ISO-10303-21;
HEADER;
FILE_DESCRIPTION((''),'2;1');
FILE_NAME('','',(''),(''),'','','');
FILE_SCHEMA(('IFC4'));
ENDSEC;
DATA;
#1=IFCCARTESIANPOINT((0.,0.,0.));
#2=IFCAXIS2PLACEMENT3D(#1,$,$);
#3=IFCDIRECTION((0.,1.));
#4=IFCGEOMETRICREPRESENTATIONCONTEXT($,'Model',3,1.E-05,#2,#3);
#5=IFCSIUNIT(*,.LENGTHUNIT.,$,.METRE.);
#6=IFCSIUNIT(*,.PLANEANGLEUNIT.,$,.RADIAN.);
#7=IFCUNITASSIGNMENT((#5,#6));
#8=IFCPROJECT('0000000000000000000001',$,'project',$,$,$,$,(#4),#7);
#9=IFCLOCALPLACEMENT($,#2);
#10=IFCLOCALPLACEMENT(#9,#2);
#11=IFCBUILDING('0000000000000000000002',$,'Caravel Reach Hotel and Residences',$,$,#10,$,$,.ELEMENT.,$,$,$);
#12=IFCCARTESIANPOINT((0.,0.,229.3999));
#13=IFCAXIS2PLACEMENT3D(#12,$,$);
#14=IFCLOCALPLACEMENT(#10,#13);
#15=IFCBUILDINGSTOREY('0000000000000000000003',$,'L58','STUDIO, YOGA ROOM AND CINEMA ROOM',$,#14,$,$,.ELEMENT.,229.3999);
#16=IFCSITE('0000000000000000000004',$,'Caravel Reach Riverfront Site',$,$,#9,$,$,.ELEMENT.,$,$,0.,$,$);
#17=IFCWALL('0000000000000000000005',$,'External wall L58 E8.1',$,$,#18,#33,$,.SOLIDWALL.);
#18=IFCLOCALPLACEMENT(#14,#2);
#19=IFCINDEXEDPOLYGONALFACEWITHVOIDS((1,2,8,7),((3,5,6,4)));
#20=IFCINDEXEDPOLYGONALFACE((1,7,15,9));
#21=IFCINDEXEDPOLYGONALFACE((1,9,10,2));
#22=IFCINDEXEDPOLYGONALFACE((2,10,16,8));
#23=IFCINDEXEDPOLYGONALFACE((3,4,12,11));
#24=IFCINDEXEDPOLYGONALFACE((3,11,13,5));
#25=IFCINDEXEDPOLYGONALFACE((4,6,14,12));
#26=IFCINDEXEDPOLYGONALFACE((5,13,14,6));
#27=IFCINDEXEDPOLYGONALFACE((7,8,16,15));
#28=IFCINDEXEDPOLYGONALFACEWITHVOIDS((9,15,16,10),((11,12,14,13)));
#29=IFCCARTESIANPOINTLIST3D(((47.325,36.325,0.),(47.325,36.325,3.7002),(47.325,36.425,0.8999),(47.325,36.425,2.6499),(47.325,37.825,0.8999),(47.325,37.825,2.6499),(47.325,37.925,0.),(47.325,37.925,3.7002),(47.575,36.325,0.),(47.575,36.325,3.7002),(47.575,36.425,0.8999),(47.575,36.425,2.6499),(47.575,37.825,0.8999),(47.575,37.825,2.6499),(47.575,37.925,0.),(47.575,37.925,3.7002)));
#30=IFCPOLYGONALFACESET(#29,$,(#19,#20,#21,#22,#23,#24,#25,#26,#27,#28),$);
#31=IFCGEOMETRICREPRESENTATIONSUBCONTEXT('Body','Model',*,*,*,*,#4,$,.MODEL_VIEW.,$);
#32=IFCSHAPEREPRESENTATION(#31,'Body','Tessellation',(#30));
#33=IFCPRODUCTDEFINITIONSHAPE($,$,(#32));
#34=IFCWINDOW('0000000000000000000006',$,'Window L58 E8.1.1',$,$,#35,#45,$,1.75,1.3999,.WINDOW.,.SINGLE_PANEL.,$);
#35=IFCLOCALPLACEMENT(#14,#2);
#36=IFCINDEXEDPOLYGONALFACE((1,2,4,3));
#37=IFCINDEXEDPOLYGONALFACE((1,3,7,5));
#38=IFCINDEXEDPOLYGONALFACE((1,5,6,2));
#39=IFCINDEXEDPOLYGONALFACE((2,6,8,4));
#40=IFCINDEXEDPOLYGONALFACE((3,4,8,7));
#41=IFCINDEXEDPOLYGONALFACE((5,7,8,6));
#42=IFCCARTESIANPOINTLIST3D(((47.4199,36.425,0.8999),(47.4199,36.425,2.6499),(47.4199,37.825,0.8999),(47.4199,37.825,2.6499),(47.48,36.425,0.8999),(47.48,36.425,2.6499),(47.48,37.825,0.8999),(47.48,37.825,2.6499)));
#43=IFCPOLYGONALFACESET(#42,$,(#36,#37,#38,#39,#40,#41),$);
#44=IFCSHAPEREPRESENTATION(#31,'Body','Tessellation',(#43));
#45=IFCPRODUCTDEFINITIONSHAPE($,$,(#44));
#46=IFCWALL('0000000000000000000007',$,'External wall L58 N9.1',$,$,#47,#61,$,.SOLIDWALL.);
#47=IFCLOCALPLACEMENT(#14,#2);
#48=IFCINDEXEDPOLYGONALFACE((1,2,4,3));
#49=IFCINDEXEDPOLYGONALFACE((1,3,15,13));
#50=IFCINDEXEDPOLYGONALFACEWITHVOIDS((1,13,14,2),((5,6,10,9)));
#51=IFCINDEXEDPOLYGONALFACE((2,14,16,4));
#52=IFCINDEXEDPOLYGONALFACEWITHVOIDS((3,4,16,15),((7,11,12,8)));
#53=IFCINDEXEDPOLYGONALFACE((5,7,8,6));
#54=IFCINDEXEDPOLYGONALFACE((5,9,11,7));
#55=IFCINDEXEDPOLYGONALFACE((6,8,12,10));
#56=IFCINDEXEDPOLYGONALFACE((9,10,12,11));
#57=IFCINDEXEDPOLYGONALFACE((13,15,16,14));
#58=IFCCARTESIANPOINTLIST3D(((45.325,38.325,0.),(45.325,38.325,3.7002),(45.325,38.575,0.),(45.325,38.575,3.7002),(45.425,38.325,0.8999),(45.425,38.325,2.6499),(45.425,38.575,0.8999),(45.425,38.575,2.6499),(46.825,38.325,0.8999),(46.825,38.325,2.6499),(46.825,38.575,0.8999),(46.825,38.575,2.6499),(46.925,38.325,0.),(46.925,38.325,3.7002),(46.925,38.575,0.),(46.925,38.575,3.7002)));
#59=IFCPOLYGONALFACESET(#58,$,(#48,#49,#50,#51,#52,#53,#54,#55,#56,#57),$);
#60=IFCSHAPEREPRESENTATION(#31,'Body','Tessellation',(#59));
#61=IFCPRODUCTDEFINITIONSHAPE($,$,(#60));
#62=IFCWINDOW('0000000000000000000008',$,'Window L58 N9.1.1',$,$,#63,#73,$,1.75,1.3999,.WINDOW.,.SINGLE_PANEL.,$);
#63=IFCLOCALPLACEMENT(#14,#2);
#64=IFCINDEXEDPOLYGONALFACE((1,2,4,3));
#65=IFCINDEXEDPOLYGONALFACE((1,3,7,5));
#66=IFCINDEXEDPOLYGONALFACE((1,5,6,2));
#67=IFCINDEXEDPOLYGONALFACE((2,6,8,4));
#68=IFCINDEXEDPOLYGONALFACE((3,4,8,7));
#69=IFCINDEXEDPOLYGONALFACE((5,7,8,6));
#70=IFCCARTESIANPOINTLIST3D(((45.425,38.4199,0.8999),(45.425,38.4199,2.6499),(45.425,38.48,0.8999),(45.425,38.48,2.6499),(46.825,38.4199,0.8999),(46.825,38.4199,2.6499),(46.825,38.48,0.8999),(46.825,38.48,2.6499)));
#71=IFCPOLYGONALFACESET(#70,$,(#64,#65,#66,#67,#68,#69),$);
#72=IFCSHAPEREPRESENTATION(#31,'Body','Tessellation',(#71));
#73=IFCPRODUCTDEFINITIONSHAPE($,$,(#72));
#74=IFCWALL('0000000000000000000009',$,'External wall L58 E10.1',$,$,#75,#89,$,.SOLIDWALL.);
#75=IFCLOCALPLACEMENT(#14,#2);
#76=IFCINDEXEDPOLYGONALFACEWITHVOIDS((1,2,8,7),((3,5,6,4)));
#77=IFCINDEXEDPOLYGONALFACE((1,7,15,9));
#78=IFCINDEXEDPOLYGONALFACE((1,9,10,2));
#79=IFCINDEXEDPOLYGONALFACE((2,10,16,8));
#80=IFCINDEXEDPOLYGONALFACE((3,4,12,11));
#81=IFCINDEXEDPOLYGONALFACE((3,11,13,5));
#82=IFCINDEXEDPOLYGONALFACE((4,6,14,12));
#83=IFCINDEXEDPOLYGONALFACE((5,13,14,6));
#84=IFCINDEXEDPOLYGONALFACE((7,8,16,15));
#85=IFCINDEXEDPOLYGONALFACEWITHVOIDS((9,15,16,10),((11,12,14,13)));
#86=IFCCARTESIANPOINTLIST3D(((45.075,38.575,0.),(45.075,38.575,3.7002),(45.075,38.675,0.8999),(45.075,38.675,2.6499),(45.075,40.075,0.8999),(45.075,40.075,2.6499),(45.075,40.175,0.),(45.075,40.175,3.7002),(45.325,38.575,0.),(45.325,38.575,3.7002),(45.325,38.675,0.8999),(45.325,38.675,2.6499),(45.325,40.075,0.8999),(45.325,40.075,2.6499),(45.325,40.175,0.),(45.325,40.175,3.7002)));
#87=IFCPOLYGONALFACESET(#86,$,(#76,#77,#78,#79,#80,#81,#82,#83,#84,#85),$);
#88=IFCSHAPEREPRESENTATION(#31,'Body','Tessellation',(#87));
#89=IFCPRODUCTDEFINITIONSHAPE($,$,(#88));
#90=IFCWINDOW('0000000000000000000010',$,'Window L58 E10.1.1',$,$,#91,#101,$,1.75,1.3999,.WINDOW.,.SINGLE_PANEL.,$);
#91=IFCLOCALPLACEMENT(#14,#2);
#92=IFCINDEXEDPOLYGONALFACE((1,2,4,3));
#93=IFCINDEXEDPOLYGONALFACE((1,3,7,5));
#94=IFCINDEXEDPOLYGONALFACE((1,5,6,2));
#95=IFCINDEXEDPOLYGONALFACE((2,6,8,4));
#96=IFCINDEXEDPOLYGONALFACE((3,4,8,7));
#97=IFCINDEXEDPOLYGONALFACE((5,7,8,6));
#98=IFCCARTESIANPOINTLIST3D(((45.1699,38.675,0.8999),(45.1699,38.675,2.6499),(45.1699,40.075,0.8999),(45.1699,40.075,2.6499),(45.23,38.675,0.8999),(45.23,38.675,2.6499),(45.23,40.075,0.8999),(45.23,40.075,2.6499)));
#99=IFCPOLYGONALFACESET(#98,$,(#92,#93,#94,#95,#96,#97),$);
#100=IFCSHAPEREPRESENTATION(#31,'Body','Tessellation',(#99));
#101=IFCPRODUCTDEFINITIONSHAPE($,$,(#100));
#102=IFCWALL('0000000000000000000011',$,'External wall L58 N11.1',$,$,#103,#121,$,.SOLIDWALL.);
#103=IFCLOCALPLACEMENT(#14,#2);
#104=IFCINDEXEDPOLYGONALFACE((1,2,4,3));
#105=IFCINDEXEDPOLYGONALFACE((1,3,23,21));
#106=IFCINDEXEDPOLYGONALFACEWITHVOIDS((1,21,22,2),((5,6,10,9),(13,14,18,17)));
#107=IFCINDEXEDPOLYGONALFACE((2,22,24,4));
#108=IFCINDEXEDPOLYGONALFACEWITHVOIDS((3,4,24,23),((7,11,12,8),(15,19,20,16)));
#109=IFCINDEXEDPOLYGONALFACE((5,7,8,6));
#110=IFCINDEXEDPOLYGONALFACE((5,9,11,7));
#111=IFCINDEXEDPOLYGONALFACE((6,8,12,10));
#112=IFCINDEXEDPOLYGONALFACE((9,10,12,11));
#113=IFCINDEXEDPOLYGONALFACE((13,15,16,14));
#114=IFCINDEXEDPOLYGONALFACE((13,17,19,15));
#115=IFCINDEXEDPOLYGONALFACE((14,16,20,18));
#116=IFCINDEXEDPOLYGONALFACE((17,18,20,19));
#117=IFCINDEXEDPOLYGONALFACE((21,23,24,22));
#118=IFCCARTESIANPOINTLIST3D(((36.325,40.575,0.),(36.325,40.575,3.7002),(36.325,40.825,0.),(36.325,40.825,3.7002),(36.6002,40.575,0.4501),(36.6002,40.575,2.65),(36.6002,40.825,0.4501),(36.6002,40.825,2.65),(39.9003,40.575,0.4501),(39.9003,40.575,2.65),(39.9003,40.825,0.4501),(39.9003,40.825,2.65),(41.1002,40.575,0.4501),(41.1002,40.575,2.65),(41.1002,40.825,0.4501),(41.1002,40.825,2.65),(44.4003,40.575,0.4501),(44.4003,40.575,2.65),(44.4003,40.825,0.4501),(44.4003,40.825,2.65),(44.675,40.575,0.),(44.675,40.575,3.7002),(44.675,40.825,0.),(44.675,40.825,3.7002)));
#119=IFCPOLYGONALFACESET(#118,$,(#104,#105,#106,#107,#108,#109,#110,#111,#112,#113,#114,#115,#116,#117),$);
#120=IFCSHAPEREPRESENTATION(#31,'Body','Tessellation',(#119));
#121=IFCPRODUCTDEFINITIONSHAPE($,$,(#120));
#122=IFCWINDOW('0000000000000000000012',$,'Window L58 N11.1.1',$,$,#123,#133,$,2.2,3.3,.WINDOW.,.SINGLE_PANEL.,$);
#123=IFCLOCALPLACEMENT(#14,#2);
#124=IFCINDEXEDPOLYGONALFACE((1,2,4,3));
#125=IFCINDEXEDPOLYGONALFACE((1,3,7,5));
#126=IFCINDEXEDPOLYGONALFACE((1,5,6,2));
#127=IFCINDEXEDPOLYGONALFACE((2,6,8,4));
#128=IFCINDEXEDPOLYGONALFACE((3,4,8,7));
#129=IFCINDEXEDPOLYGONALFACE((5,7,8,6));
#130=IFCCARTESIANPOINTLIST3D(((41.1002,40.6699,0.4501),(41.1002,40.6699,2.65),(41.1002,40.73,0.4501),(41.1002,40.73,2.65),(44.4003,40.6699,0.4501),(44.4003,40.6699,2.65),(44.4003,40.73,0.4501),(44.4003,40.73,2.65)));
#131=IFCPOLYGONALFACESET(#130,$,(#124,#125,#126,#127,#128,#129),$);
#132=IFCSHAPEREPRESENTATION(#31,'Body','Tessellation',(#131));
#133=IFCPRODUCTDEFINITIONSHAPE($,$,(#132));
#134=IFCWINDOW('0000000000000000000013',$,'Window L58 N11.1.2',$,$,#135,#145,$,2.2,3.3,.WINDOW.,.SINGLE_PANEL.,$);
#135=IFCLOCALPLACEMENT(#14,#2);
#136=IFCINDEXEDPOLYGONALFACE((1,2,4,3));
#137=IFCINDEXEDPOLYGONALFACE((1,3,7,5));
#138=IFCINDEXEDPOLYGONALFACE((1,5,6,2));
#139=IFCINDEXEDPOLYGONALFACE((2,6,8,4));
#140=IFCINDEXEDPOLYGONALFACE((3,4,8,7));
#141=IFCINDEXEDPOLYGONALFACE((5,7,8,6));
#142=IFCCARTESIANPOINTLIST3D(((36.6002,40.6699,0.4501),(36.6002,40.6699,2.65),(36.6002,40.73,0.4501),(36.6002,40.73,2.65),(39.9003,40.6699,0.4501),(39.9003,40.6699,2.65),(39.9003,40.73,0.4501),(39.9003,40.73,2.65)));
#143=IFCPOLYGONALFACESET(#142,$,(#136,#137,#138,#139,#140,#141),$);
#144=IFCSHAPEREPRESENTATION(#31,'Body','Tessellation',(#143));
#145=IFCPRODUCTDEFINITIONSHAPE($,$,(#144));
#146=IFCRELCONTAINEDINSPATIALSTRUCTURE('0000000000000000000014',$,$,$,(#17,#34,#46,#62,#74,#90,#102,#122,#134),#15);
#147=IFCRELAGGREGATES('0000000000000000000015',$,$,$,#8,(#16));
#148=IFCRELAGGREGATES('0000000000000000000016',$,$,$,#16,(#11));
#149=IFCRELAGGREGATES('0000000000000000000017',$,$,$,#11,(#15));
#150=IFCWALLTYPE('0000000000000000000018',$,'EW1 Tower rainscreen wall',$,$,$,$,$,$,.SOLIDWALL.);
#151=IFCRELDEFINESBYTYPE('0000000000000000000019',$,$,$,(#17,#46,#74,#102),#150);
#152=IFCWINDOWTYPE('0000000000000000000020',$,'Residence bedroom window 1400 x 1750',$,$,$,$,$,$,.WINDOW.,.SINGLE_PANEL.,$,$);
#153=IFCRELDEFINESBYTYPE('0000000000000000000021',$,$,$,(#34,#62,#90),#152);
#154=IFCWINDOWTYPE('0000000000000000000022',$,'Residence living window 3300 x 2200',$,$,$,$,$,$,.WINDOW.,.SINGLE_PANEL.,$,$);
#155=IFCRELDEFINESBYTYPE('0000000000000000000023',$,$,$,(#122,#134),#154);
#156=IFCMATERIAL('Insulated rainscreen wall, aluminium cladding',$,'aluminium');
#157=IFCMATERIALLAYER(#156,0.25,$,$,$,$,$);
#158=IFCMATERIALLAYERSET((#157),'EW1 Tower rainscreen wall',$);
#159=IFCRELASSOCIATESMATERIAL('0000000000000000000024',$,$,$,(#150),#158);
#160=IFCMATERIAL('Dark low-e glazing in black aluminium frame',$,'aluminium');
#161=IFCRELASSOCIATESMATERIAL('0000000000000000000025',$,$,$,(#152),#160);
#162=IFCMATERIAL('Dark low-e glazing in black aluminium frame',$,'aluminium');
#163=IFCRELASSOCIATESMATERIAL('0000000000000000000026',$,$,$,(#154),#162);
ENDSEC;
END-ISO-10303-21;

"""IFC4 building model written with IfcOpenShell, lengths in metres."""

from ifc_helpers import new_model, si_unit, direction, frame, frame_2d, origin, place, context, subcontext, project, spatial, rectangle, extrude, material, layer, layer_set, type_object, element, fill, save


model = new_model("IFC4")

# Units and contexts
model_context = context("Model", 3, precision=1e-05, world=origin(), true_north=direction((0.0, 1.0)))
body_context = subcontext(model_context, "Body", "Model", "MODEL_VIEW")
ifc_project = project(units=[si_unit("LENGTHUNIT", "METRE"), si_unit("PLANEANGLEUNIT", "RADIAN")], contexts=[model_context])

# Site, building, storey
site_placement = place(None, origin())
site = spatial("IfcSite", under=ifc_project, at=site_placement, Name="Caravel Reach Riverfront Site", CompositionType="ELEMENT", RefElevation=0.0)
building_placement = place(site_placement, origin())
building = spatial("IfcBuilding", under=site, at=building_placement, Name="Caravel Reach Hotel and Residences", CompositionType="ELEMENT")
storey_placement = place(building_placement, frame((0.0, 0.0, 229.3999)))
storey = spatial("IfcBuildingStorey", under=building, at=storey_placement, Name="L58", Description="STUDIO, YOGA ROOM AND CINEMA ROOM", CompositionType="ELEMENT", Elevation=229.3999)

# Walls, openings, windows
ifc_material_1 = material(Name="Insulated rainscreen wall, aluminium cladding", Category="aluminium")
ifc_layer_1 = layer(ifc_material_1, 0.25)
ifc_layer_set_1 = layer_set([ifc_layer_1], Name="EW1 Tower rainscreen wall")
wall_type_1 = type_object("IfcWallType", Name="EW1 Tower rainscreen wall", PredefinedType="SOLIDWALL", material=ifc_layer_set_1)
ifc_material_2 = material(Name="Dark low-e glazing in black aluminium frame", Category="aluminium")
window_type_1 = type_object("IfcWindowType", Name="Residence bedroom window 1400 x 1750", PartitioningType="SINGLE_PANEL", PredefinedType="WINDOW", material=ifc_material_2)
wall_1_placement = place(storey_placement, frame((47.45, 36.325, 0.0), z_axis=(0.0, 0.0, 1.0), x_axis=(0.0, 1.0, 0.0)))
wall_1 = element("IfcWall", 1, at=wall_1_placement, inside=storey, type_object=wall_type_1, Name="External wall L58 E8.1", PredefinedType="SOLIDWALL", context=body_context, shape_type="SweptSolid", body=[
    extrude(rectangle(XDim=1.6001, YDim=0.25, at=frame_2d((0.8, 0.0))), origin(), (0.0, 0.0, 1.0), 3.7002),
])
opening_1_placement = place(wall_1_placement, frame((0.1001, 0.0, 0.8999)))
opening_1 = element("IfcOpeningElement", 2, at=opening_1_placement, cuts=wall_1, PredefinedType="OPENING", context=body_context, shape_type="SweptSolid", body=[
    extrude(rectangle(XDim=1.3999, YDim=1.75, at=frame_2d((0.7, 0.875))), frame((0.0, 0.135, 0.0), z_axis=(0.0, -1.0, 0.0), x_axis=(1.0, 0.0, 0.0)), (0.0, 0.0, 1.0), 0.27),
])
window_1_placement = place(opening_1_placement, origin())
window_1 = element("IfcWindow", 3, at=window_1_placement, inside=storey, type_object=window_type_1, Name="Window L58 E8.1.1", OverallHeight=1.75, OverallWidth=1.3999, PartitioningType="SINGLE_PANEL", PredefinedType="WINDOW", context=body_context, shape_type="SweptSolid", body=[
    extrude(rectangle(XDim=1.3999, YDim=1.75, at=frame_2d((0.7, 0.875))), frame((0.0, 0.03, 0.0), z_axis=(0.0, -1.0, 0.0), x_axis=(1.0, 0.0, 0.0)), (0.0, 0.0, 1.0), 0.0601),
])
fill(opening_1, window_1)
wall_2_placement = place(storey_placement, frame((46.925, 38.45, 0.0), z_axis=(0.0, 0.0, 1.0), x_axis=(-1.0, 0.0, 0.0)))
wall_2 = element("IfcWall", 4, at=wall_2_placement, inside=storey, type_object=wall_type_1, Name="External wall L58 N9.1", PredefinedType="SOLIDWALL", context=body_context, shape_type="SweptSolid", body=[
    extrude(rectangle(XDim=1.6001, YDim=0.25, at=frame_2d((0.8, 0.0))), origin(), (0.0, 0.0, 1.0), 3.7002),
])
opening_2_placement = place(wall_2_placement, frame((0.1001, 0.0, 0.8999)))
opening_2 = element("IfcOpeningElement", 5, at=opening_2_placement, cuts=wall_2, PredefinedType="OPENING", context=body_context, shape_type="SweptSolid", body=[
    extrude(rectangle(XDim=1.3999, YDim=1.75, at=frame_2d((0.7, 0.875))), frame((0.0, 0.135, 0.0), z_axis=(0.0, -1.0, 0.0), x_axis=(1.0, 0.0, 0.0)), (0.0, 0.0, 1.0), 0.27),
])
window_2_placement = place(opening_2_placement, origin())
window_2 = element("IfcWindow", 6, at=window_2_placement, inside=storey, type_object=window_type_1, Name="Window L58 N9.1.1", OverallHeight=1.75, OverallWidth=1.3999, PartitioningType="SINGLE_PANEL", PredefinedType="WINDOW", context=body_context, shape_type="SweptSolid", body=[
    extrude(rectangle(XDim=1.3999, YDim=1.75, at=frame_2d((0.7, 0.875))), frame((0.0, 0.03, 0.0), z_axis=(0.0, -1.0, 0.0), x_axis=(1.0, 0.0, 0.0)), (0.0, 0.0, 1.0), 0.0601),
])
fill(opening_2, window_2)
wall_3_placement = place(storey_placement, frame((45.2, 38.575, 0.0), z_axis=(0.0, 0.0, 1.0), x_axis=(0.0, 1.0, 0.0)))
wall_3 = element("IfcWall", 7, at=wall_3_placement, inside=storey, type_object=wall_type_1, Name="External wall L58 E10.1", PredefinedType="SOLIDWALL", context=body_context, shape_type="SweptSolid", body=[
    extrude(rectangle(XDim=1.6001, YDim=0.25, at=frame_2d((0.8, 0.0))), origin(), (0.0, 0.0, 1.0), 3.7002),
])
opening_3_placement = place(wall_3_placement, frame((0.1001, 0.0, 0.8999)))
opening_3 = element("IfcOpeningElement", 8, at=opening_3_placement, cuts=wall_3, PredefinedType="OPENING", context=body_context, shape_type="SweptSolid", body=[
    extrude(rectangle(XDim=1.3999, YDim=1.75, at=frame_2d((0.7, 0.875))), frame((0.0, 0.135, 0.0), z_axis=(0.0, -1.0, 0.0), x_axis=(1.0, 0.0, 0.0)), (0.0, 0.0, 1.0), 0.27),
])
window_3_placement = place(opening_3_placement, origin())
window_3 = element("IfcWindow", 9, at=window_3_placement, inside=storey, type_object=window_type_1, Name="Window L58 E10.1.1", OverallHeight=1.75, OverallWidth=1.3999, PartitioningType="SINGLE_PANEL", PredefinedType="WINDOW", context=body_context, shape_type="SweptSolid", body=[
    extrude(rectangle(XDim=1.3999, YDim=1.75, at=frame_2d((0.7, 0.875))), frame((0.0, 0.03, 0.0), z_axis=(0.0, -1.0, 0.0), x_axis=(1.0, 0.0, 0.0)), (0.0, 0.0, 1.0), 0.0601),
])
fill(opening_3, window_3)

# Wall, openings, windows
wall_4_placement = place(storey_placement, frame((44.675, 40.7, 0.0), z_axis=(0.0, 0.0, 1.0), x_axis=(-1.0, 0.0, 0.0)))
wall_4 = element("IfcWall", 10, at=wall_4_placement, inside=storey, type_object=wall_type_1, Name="External wall L58 N11.1", PredefinedType="SOLIDWALL", context=body_context, shape_type="SweptSolid", body=[
    extrude(rectangle(XDim=8.3501, YDim=0.25, at=frame_2d((4.175, 0.0))), origin(), (0.0, 0.0, 1.0), 3.7002),
])
opening_4_placement = place(wall_4_placement, frame((0.2749, 0.0, 0.45)))
opening_4 = element("IfcOpeningElement", 11, at=opening_4_placement, cuts=wall_4, PredefinedType="OPENING", context=body_context, shape_type="SweptSolid", body=[
    extrude(rectangle(XDim=3.3, YDim=2.2, at=frame_2d((1.6499, 1.1001))), frame((0.0, 0.135, 0.0), z_axis=(0.0, -1.0, 0.0), x_axis=(1.0, 0.0, 0.0)), (0.0, 0.0, 1.0), 0.27),
])
opening_5_placement = place(wall_4_placement, frame((4.7749, 0.0, 0.45)))
opening_5 = element("IfcOpeningElement", 12, at=opening_5_placement, cuts=wall_4, PredefinedType="OPENING", context=body_context, shape_type="SweptSolid", body=[
    extrude(rectangle(XDim=3.3, YDim=2.2, at=frame_2d((1.6499, 1.1001))), frame((0.0, 0.135, 0.0), z_axis=(0.0, -1.0, 0.0), x_axis=(1.0, 0.0, 0.0)), (0.0, 0.0, 1.0), 0.27),
])
ifc_material_3 = material(Name="Dark low-e glazing in black aluminium frame", Category="aluminium")
window_type_2 = type_object("IfcWindowType", Name="Residence living window 3300 x 2200", PartitioningType="SINGLE_PANEL", PredefinedType="WINDOW", material=ifc_material_3)
window_4_placement = place(opening_4_placement, origin())
window_4 = element("IfcWindow", 13, at=window_4_placement, inside=storey, type_object=window_type_2, Name="Window L58 N11.1.1", OverallHeight=2.2, OverallWidth=3.3, PartitioningType="SINGLE_PANEL", PredefinedType="WINDOW", context=body_context, shape_type="SweptSolid", body=[
    extrude(rectangle(XDim=3.3, YDim=2.2, at=frame_2d((1.6499, 1.1001))), frame((0.0, 0.03, 0.0), z_axis=(0.0, -1.0, 0.0), x_axis=(1.0, 0.0, 0.0)), (0.0, 0.0, 1.0), 0.0601),
])
fill(opening_4, window_4)
window_5_placement = place(opening_5_placement, origin())
window_5 = element("IfcWindow", 14, at=window_5_placement, inside=storey, type_object=window_type_2, Name="Window L58 N11.1.2", OverallHeight=2.2, OverallWidth=3.3, PartitioningType="SINGLE_PANEL", PredefinedType="WINDOW", context=body_context, shape_type="SweptSolid", body=[
    extrude(rectangle(XDim=3.3, YDim=2.2, at=frame_2d((1.6499, 1.1001))), frame((0.0, 0.03, 0.0), z_axis=(0.0, -1.0, 0.0), x_axis=(1.0, 0.0, 0.0)), (0.0, 0.0, 1.0), 0.0601),
])
fill(opening_5, window_5)

save(model, "model.ifc")
